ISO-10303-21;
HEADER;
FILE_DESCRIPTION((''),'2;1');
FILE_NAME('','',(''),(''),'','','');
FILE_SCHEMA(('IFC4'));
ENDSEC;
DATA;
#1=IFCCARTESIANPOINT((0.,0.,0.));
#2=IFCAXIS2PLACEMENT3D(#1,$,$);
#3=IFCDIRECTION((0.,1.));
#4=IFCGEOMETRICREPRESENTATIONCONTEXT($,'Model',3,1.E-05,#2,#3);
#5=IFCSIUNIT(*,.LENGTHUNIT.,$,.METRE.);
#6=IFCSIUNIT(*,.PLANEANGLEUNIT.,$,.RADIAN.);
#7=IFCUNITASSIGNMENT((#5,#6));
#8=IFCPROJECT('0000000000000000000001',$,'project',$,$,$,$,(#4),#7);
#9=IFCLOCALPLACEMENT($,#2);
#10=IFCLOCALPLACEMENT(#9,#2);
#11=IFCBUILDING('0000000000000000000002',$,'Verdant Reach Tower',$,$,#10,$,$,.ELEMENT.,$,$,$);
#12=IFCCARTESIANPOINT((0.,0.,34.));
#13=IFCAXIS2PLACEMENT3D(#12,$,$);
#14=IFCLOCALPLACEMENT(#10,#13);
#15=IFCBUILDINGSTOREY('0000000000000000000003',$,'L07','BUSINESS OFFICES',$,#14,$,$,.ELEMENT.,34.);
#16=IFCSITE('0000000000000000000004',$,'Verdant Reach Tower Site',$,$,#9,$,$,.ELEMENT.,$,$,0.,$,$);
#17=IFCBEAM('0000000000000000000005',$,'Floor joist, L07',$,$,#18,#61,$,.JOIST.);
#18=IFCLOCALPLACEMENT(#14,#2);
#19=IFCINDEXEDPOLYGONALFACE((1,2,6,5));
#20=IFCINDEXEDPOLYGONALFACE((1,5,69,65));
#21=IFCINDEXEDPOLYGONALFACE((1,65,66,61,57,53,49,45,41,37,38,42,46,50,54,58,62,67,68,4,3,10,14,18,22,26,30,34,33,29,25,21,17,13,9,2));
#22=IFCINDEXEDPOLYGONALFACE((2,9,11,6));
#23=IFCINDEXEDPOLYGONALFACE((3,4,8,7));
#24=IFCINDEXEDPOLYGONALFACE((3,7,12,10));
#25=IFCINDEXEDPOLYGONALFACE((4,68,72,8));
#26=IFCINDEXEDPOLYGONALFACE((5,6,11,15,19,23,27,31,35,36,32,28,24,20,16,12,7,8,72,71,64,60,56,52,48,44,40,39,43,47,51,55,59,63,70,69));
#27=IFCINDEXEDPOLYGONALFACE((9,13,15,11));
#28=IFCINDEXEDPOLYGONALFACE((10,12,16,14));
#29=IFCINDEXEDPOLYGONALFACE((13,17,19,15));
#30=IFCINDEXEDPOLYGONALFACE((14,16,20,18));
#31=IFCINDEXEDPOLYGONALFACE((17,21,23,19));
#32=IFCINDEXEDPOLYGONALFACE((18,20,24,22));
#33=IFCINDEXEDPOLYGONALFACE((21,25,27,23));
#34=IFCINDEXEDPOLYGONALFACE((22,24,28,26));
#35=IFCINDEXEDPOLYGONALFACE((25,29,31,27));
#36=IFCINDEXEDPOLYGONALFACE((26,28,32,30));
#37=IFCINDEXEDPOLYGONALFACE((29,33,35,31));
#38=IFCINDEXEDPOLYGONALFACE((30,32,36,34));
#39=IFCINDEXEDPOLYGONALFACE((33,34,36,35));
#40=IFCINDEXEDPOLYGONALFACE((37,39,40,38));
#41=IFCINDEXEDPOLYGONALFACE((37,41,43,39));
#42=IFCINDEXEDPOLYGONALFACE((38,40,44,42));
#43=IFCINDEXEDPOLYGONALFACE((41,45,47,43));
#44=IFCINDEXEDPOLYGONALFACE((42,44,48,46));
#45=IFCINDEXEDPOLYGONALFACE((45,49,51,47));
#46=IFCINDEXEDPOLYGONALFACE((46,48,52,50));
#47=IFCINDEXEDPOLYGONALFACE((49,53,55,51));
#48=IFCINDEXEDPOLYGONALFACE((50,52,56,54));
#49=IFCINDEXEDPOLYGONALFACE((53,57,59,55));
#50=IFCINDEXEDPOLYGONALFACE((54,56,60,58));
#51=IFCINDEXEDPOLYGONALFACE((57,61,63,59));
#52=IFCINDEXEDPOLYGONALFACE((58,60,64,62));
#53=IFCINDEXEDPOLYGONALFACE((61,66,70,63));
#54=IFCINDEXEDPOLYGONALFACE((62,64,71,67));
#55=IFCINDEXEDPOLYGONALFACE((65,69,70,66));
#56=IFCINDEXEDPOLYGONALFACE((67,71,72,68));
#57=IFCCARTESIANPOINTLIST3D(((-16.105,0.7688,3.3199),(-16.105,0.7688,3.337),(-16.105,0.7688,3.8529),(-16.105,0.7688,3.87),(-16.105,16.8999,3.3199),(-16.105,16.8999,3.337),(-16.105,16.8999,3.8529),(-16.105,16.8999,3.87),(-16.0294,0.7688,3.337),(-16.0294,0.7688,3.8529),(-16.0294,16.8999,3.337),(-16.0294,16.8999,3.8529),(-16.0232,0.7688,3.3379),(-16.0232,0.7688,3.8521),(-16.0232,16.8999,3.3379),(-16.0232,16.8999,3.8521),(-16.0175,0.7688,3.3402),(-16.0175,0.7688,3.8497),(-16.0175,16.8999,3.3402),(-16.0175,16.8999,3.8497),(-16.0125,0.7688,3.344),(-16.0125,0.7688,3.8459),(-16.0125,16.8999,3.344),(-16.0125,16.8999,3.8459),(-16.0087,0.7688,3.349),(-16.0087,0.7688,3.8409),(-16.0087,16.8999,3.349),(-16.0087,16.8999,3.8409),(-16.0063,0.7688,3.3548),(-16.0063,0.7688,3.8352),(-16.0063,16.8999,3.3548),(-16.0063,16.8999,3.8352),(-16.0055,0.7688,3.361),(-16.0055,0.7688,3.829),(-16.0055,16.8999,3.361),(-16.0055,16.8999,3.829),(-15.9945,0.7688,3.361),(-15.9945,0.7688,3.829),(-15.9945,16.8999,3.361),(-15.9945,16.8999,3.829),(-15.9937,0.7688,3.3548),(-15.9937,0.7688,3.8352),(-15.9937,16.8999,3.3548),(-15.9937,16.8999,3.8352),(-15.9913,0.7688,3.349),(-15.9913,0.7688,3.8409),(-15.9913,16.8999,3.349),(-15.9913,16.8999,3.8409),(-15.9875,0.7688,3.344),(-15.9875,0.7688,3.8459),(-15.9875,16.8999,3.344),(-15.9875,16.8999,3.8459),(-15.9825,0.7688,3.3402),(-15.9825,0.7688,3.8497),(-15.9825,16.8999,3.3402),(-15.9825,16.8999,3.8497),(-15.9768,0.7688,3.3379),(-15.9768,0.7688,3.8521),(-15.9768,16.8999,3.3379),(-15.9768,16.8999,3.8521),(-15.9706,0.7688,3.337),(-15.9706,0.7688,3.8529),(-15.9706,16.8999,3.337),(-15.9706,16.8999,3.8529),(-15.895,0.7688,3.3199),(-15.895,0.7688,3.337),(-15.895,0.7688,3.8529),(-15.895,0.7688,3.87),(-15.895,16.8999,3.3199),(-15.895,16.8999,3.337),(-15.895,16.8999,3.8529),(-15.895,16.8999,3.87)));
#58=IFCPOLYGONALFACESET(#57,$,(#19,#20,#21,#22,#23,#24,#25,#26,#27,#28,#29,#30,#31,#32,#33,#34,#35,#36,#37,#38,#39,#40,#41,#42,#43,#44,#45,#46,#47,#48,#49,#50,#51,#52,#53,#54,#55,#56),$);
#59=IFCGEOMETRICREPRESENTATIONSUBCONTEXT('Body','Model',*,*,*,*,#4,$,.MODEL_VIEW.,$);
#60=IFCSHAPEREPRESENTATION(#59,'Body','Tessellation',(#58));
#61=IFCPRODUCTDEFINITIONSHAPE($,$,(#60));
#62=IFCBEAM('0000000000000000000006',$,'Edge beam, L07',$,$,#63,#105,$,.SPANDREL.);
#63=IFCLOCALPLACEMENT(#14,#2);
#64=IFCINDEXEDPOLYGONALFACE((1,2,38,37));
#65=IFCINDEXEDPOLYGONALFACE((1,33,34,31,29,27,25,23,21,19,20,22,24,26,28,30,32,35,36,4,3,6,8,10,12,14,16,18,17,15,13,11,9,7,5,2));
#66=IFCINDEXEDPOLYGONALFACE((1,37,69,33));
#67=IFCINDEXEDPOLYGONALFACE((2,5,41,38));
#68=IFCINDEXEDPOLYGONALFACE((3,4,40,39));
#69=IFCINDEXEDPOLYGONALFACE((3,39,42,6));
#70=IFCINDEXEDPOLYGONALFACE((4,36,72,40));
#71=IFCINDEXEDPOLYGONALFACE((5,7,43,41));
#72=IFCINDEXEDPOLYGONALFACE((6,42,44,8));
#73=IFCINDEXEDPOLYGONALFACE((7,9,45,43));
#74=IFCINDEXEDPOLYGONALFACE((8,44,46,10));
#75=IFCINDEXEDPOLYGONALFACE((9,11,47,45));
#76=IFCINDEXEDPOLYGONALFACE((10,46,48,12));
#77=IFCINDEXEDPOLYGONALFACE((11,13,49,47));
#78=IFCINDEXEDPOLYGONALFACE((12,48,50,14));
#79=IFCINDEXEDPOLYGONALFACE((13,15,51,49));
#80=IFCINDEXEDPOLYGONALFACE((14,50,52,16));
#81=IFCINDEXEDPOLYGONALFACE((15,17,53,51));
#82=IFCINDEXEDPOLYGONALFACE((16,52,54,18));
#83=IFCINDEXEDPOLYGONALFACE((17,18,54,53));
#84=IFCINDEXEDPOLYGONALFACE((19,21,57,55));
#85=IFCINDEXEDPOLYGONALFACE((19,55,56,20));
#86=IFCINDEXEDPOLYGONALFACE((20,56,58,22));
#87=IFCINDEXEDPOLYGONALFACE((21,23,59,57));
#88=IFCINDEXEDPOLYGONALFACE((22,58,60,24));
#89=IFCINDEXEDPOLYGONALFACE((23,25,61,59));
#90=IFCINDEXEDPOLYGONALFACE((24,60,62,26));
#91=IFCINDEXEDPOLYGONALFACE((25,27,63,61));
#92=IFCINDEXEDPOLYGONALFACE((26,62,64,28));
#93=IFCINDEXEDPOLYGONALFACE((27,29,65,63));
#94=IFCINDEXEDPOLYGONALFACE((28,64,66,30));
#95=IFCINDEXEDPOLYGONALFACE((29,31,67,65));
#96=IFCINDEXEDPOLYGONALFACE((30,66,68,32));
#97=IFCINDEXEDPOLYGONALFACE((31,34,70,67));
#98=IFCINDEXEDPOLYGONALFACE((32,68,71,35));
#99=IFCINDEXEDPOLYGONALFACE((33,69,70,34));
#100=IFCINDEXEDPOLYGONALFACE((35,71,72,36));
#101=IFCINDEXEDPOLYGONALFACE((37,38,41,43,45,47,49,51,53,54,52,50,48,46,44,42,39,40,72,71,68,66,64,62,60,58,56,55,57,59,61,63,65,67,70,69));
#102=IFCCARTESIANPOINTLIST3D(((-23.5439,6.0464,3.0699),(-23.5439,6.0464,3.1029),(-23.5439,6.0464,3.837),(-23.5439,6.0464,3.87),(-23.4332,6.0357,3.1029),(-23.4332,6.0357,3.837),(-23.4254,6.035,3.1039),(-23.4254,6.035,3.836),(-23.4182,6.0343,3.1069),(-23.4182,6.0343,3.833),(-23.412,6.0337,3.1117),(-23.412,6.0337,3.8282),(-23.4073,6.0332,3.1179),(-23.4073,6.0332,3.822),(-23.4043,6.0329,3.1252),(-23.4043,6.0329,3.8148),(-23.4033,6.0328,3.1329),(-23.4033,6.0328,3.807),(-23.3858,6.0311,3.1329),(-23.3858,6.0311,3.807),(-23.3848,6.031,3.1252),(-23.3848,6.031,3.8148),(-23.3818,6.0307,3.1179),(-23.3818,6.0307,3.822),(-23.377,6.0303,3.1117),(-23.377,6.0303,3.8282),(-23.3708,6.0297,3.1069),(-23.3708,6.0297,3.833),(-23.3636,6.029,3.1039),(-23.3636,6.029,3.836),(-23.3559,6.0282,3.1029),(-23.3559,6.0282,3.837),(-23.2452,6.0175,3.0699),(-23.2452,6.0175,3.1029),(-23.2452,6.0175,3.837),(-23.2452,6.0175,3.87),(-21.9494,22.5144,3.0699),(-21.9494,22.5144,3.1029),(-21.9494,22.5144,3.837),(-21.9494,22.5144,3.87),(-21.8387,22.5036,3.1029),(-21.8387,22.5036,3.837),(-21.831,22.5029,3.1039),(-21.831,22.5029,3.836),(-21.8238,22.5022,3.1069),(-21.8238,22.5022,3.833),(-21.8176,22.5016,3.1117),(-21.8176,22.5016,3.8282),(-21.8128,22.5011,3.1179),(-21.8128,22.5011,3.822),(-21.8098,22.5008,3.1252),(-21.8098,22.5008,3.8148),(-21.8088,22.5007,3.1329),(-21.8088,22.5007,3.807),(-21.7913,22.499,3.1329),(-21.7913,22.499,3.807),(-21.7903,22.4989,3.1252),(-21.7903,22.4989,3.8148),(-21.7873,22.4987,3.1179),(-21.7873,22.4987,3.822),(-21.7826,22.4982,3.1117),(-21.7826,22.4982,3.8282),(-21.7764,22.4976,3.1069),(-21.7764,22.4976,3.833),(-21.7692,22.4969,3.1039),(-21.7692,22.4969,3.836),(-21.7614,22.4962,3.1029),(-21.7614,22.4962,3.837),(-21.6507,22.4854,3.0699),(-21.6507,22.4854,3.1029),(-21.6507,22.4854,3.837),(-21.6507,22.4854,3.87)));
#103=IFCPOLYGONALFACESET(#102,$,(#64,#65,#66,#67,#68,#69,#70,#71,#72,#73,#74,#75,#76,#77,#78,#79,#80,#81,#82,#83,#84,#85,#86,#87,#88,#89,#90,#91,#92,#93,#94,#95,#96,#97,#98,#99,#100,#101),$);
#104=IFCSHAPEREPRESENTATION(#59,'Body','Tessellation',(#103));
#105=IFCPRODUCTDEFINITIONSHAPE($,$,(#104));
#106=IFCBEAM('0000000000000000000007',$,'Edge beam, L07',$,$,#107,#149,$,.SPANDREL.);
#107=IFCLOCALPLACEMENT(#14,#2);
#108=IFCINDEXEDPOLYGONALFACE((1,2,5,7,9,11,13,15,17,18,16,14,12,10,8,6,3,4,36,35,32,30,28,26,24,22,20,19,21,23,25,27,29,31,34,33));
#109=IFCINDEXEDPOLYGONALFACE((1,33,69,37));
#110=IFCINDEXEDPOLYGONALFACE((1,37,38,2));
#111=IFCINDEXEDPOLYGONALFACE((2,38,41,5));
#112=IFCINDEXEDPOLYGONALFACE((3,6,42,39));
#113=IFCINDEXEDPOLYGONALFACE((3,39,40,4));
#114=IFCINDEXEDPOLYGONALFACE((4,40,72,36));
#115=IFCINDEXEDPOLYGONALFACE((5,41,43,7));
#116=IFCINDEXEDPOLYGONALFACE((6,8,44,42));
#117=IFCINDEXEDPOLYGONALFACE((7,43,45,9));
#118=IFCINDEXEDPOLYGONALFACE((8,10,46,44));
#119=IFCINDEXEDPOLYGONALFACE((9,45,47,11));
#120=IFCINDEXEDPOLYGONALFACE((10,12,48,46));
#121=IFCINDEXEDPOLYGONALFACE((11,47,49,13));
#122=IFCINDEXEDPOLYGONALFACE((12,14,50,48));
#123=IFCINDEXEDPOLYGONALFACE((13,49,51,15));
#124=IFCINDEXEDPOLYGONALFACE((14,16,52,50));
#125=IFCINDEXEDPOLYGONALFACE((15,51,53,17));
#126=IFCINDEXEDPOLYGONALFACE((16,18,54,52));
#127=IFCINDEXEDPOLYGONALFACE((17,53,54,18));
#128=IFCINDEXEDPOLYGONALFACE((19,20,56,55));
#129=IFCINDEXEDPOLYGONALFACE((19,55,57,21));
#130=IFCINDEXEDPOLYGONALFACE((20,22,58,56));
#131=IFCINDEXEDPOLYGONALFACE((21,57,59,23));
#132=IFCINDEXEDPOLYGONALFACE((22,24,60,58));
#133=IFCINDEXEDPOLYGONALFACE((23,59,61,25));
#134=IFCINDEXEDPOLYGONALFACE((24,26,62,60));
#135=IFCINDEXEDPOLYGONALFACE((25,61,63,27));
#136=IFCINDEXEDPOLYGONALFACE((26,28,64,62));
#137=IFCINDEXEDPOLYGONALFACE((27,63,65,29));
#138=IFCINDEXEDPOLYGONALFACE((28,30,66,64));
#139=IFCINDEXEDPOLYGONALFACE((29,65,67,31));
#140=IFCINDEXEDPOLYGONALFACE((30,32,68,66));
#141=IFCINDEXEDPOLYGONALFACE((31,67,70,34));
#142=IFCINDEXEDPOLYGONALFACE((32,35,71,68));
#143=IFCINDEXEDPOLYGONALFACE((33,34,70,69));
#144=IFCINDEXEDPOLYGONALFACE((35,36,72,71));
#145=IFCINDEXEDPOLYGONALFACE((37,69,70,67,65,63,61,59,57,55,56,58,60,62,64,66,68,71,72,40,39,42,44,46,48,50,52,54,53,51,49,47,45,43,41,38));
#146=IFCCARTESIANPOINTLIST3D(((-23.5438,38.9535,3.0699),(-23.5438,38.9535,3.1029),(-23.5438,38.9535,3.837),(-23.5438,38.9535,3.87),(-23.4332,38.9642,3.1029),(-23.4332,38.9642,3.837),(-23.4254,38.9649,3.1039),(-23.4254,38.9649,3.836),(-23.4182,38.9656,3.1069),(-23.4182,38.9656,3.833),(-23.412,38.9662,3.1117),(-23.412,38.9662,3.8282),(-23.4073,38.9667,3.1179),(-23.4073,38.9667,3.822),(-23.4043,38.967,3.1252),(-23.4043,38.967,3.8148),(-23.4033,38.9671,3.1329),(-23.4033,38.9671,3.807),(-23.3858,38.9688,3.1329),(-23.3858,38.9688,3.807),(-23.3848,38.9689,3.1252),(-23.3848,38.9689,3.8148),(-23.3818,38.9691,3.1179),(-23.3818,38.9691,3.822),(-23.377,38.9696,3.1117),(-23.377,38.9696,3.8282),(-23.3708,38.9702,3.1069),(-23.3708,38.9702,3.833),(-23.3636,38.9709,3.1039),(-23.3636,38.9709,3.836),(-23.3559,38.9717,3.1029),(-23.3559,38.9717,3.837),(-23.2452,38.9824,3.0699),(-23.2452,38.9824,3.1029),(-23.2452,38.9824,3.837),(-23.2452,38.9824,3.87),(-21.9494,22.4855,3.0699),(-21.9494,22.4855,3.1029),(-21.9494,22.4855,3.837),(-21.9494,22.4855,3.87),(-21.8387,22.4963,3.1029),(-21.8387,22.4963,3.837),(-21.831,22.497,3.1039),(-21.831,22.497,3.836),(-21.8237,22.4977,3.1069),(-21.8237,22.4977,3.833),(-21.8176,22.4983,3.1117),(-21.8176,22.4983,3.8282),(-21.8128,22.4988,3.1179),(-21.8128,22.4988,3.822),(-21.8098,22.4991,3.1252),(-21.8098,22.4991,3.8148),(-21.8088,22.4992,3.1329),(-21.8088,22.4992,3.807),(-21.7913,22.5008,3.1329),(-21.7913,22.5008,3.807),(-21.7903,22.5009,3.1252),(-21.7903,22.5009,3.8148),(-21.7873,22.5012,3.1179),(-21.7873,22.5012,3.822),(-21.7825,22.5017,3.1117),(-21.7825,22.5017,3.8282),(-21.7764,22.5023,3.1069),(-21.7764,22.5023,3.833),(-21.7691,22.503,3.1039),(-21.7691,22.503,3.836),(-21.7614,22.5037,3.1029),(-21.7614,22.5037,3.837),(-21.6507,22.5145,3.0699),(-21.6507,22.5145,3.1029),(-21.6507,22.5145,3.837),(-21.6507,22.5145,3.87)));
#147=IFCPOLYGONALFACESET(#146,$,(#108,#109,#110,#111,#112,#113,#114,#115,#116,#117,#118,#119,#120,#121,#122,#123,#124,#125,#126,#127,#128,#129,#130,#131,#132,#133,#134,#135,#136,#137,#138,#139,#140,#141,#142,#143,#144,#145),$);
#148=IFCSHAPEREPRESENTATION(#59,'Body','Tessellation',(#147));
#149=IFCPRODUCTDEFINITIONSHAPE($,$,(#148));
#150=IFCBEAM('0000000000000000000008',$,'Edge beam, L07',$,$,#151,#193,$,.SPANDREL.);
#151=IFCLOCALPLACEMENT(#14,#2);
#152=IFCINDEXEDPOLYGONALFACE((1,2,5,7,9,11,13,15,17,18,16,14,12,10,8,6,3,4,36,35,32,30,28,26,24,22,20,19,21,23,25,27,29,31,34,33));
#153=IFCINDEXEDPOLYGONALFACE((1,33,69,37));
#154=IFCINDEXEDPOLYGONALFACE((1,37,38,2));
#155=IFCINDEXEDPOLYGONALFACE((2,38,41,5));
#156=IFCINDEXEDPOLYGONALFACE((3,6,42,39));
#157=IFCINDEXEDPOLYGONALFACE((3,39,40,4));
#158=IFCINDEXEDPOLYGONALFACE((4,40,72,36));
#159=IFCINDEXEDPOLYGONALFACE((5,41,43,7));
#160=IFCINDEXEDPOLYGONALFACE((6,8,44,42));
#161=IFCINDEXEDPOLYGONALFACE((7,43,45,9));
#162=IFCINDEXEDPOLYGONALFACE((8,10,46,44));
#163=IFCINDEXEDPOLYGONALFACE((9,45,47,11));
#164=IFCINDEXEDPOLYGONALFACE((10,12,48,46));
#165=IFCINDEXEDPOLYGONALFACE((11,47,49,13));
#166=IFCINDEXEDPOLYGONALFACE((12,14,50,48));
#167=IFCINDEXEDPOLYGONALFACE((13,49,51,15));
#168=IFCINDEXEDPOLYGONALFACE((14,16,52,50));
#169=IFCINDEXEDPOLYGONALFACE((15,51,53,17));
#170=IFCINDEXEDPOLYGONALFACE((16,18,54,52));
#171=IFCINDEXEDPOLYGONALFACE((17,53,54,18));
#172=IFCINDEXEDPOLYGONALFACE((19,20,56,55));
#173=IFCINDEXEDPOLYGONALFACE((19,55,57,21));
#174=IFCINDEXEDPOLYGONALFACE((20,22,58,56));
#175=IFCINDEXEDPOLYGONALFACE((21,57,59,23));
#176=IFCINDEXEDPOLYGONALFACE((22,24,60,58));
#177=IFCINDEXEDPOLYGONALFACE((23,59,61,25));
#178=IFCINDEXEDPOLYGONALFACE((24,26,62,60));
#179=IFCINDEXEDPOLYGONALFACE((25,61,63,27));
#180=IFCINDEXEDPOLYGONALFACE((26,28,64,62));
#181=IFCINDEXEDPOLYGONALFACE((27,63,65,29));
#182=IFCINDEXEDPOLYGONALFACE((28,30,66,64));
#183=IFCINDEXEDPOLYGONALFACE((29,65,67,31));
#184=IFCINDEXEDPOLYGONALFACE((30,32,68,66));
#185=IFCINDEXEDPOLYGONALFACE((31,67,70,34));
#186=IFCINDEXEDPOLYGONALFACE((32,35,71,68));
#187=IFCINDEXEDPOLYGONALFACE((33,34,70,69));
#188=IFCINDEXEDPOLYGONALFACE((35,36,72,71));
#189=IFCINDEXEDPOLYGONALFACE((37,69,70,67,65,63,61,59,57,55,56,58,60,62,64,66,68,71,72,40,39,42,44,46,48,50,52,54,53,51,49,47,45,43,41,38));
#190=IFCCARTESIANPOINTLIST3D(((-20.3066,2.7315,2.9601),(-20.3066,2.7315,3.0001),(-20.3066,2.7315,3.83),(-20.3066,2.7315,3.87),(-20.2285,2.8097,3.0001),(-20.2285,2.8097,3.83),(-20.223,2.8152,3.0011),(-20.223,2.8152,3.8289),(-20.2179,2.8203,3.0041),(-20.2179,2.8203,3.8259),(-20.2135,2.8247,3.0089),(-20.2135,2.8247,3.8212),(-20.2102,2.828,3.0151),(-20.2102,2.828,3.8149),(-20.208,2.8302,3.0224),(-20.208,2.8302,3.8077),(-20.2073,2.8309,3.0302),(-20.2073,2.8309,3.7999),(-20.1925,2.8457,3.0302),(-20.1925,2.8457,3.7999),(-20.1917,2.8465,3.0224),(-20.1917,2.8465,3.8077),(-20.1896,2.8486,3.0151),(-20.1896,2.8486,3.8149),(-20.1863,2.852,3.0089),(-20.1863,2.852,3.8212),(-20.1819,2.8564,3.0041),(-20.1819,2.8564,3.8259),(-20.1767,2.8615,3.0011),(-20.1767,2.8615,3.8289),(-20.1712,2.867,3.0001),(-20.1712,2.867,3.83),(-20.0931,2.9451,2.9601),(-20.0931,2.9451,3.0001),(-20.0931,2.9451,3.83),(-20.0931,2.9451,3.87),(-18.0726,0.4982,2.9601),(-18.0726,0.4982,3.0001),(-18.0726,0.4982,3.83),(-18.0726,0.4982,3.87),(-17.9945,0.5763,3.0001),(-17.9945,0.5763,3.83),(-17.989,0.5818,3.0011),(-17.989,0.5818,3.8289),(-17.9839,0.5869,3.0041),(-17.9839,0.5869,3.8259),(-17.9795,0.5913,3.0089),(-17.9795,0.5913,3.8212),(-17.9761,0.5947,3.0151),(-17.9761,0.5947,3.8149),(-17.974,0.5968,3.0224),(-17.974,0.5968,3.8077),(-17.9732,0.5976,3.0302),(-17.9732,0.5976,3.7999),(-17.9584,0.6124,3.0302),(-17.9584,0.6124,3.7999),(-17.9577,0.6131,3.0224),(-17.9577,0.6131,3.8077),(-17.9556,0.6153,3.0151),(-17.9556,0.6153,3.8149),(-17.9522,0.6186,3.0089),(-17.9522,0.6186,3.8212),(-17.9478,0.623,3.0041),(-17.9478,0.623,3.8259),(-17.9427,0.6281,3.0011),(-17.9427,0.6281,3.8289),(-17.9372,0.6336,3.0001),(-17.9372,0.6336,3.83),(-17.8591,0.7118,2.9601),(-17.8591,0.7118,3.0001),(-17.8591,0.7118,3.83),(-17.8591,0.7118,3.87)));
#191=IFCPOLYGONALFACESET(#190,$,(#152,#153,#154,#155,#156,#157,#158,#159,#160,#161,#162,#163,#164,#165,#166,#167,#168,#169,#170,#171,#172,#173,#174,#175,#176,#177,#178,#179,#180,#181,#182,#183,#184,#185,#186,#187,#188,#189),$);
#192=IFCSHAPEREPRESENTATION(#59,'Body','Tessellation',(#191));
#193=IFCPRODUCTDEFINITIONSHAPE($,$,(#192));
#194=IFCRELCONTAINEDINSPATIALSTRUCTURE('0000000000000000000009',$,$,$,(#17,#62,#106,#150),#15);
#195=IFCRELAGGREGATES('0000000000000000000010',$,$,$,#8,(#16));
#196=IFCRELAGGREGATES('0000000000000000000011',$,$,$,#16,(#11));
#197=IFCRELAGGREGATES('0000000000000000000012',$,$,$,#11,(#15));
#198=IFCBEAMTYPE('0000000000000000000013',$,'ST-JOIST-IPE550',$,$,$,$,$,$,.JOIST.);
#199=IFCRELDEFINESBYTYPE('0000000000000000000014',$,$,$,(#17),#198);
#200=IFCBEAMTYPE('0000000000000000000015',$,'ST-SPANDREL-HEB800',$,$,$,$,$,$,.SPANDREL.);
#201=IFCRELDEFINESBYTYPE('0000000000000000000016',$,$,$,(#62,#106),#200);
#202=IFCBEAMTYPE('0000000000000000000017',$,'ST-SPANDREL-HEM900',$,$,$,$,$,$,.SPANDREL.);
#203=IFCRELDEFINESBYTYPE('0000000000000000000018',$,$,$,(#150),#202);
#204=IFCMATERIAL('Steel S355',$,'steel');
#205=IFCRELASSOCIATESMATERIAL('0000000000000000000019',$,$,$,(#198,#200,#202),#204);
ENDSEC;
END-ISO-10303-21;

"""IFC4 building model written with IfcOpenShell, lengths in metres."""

from ifc_helpers import new_model, si_unit, direction, frame, origin, origin_2d, place, context, subcontext, project, spatial, i_section, extrude, material, material_profile, profile_set, type_object, element, save


model = new_model("IFC4")

# Units and contexts
model_context = context("Model", 3, precision=1e-05, world=origin(), true_north=direction((0.0, 1.0)))
body_context = subcontext(model_context, "Body", "Model", "MODEL_VIEW")
ifc_project = project(units=[si_unit("LENGTHUNIT", "METRE"), si_unit("PLANEANGLEUNIT", "RADIAN")], contexts=[model_context])

# Site, building, storey
site_placement = place(None, origin())
site = spatial("IfcSite", under=ifc_project, at=site_placement, Name="Verdant Reach Tower Site", CompositionType="ELEMENT", RefElevation=0.0)
building_placement = place(site_placement, origin())
building = spatial("IfcBuilding", under=site, at=building_placement, Name="Verdant Reach Tower", CompositionType="ELEMENT")
storey_placement = place(building_placement, frame((0.0, 0.0, 34.0)))
storey = spatial("IfcBuildingStorey", under=building, at=storey_placement, Name="L07", Description="BUSINESS OFFICES", CompositionType="ELEMENT", Elevation=34.0)

# Beams
ifc_material_1 = material(Name="Steel S355", Category="steel")
ifc_material_profile_1 = material_profile(ifc_material_1, i_section(OverallWidth=0.21, OverallDepth=0.55, WebThickness=0.011, FlangeThickness=0.0171, FilletRadius=0.0239, at=origin_2d()), Name="IPE 550")
ifc_profile_set_1 = profile_set([ifc_material_profile_1], Name="Steel S355")
beam_type_1 = type_object("IfcBeamType", Name="ST-JOIST-IPE550", PredefinedType="JOIST", material=ifc_profile_set_1)
beam_1_placement = place(storey_placement, frame((-16.0, 16.8999, 3.595), z_axis=(0.0, -1.0, 0.0), x_axis=(1.0, 0.0, 0.0)))
element("IfcBeam", 1, at=beam_1_placement, inside=storey, type_object=beam_type_1, Name="Floor joist, L07", PredefinedType="JOIST", context=body_context, shape_type="SweptSolid", body=[
    extrude(i_section(OverallWidth=0.21, OverallDepth=0.55, WebThickness=0.011, FlangeThickness=0.0171, FilletRadius=0.0239, at=origin_2d()), origin(), (0.0, 0.0, 1.0), 16.1311),
])
ifc_material_profile_2 = material_profile(ifc_material_1, i_section(OverallWidth=0.3, OverallDepth=0.8, WebThickness=0.0176, FlangeThickness=0.033, FilletRadius=0.03, at=origin_2d()), Name="HEB 800")
ifc_profile_set_2 = profile_set([ifc_material_profile_2], Name="Steel S355")
beam_type_2 = type_object("IfcBeamType", Name="ST-SPANDREL-HEB800", PredefinedType="SPANDREL", material=ifc_profile_set_2)
for number, where, z_axis, x_axis, name in (
    (2, (-23.3945, 6.032, 3.47), (0.096372, 0.995345, 0.0), (-0.995345, 0.096372, 0.0), "Edge beam, L07"),
    (3, (-21.8, 22.5, 3.47), (-0.096372, 0.995345, 0.0), (-0.995345, -0.096372, 0.0), "Edge beam, L07"),
):
    element("IfcBeam", number, at=place(storey_placement, frame(where, z_axis=z_axis, x_axis=x_axis)), inside=storey, type_object=beam_type_2, Name=name, PredefinedType="SPANDREL", context=body_context, shape_type="SweptSolid", body=[
        extrude(i_section(OverallWidth=0.3, OverallDepth=0.8, WebThickness=0.0176, FlangeThickness=0.033, FilletRadius=0.03, at=origin_2d()), origin(), (0.0, 0.0, 1.0), 16.5449),
    ])
ifc_material_profile_3 = material_profile(ifc_material_1, i_section(OverallWidth=0.302, OverallDepth=0.9099, WebThickness=0.021, FlangeThickness=0.04, FilletRadius=0.03, at=origin_2d()), Name="HEM 900")
ifc_profile_set_3 = profile_set([ifc_material_profile_3], Name="Steel S355")
beam_type_3 = type_object("IfcBeamType", Name="ST-SPANDREL-HEM900", PredefinedType="SPANDREL", material=ifc_profile_set_3)
beam_2_placement = place(storey_placement, frame((-17.9658, 0.605, 3.415), z_axis=(-0.707223, 0.706991, 0.0), x_axis=(-0.706991, -0.707223, 0.0)))
element("IfcBeam", 4, at=beam_2_placement, inside=storey, type_object=beam_type_3, Name="Edge beam, L07", PredefinedType="SPANDREL", context=body_context, shape_type="SweptSolid", body=[
    extrude(i_section(OverallWidth=0.302, OverallDepth=0.9099, WebThickness=0.021, FlangeThickness=0.04, FilletRadius=0.03, at=origin_2d()), origin(), (0.0, 0.0, 1.0), 3.1589),
])

save(model, "model.ifc")
